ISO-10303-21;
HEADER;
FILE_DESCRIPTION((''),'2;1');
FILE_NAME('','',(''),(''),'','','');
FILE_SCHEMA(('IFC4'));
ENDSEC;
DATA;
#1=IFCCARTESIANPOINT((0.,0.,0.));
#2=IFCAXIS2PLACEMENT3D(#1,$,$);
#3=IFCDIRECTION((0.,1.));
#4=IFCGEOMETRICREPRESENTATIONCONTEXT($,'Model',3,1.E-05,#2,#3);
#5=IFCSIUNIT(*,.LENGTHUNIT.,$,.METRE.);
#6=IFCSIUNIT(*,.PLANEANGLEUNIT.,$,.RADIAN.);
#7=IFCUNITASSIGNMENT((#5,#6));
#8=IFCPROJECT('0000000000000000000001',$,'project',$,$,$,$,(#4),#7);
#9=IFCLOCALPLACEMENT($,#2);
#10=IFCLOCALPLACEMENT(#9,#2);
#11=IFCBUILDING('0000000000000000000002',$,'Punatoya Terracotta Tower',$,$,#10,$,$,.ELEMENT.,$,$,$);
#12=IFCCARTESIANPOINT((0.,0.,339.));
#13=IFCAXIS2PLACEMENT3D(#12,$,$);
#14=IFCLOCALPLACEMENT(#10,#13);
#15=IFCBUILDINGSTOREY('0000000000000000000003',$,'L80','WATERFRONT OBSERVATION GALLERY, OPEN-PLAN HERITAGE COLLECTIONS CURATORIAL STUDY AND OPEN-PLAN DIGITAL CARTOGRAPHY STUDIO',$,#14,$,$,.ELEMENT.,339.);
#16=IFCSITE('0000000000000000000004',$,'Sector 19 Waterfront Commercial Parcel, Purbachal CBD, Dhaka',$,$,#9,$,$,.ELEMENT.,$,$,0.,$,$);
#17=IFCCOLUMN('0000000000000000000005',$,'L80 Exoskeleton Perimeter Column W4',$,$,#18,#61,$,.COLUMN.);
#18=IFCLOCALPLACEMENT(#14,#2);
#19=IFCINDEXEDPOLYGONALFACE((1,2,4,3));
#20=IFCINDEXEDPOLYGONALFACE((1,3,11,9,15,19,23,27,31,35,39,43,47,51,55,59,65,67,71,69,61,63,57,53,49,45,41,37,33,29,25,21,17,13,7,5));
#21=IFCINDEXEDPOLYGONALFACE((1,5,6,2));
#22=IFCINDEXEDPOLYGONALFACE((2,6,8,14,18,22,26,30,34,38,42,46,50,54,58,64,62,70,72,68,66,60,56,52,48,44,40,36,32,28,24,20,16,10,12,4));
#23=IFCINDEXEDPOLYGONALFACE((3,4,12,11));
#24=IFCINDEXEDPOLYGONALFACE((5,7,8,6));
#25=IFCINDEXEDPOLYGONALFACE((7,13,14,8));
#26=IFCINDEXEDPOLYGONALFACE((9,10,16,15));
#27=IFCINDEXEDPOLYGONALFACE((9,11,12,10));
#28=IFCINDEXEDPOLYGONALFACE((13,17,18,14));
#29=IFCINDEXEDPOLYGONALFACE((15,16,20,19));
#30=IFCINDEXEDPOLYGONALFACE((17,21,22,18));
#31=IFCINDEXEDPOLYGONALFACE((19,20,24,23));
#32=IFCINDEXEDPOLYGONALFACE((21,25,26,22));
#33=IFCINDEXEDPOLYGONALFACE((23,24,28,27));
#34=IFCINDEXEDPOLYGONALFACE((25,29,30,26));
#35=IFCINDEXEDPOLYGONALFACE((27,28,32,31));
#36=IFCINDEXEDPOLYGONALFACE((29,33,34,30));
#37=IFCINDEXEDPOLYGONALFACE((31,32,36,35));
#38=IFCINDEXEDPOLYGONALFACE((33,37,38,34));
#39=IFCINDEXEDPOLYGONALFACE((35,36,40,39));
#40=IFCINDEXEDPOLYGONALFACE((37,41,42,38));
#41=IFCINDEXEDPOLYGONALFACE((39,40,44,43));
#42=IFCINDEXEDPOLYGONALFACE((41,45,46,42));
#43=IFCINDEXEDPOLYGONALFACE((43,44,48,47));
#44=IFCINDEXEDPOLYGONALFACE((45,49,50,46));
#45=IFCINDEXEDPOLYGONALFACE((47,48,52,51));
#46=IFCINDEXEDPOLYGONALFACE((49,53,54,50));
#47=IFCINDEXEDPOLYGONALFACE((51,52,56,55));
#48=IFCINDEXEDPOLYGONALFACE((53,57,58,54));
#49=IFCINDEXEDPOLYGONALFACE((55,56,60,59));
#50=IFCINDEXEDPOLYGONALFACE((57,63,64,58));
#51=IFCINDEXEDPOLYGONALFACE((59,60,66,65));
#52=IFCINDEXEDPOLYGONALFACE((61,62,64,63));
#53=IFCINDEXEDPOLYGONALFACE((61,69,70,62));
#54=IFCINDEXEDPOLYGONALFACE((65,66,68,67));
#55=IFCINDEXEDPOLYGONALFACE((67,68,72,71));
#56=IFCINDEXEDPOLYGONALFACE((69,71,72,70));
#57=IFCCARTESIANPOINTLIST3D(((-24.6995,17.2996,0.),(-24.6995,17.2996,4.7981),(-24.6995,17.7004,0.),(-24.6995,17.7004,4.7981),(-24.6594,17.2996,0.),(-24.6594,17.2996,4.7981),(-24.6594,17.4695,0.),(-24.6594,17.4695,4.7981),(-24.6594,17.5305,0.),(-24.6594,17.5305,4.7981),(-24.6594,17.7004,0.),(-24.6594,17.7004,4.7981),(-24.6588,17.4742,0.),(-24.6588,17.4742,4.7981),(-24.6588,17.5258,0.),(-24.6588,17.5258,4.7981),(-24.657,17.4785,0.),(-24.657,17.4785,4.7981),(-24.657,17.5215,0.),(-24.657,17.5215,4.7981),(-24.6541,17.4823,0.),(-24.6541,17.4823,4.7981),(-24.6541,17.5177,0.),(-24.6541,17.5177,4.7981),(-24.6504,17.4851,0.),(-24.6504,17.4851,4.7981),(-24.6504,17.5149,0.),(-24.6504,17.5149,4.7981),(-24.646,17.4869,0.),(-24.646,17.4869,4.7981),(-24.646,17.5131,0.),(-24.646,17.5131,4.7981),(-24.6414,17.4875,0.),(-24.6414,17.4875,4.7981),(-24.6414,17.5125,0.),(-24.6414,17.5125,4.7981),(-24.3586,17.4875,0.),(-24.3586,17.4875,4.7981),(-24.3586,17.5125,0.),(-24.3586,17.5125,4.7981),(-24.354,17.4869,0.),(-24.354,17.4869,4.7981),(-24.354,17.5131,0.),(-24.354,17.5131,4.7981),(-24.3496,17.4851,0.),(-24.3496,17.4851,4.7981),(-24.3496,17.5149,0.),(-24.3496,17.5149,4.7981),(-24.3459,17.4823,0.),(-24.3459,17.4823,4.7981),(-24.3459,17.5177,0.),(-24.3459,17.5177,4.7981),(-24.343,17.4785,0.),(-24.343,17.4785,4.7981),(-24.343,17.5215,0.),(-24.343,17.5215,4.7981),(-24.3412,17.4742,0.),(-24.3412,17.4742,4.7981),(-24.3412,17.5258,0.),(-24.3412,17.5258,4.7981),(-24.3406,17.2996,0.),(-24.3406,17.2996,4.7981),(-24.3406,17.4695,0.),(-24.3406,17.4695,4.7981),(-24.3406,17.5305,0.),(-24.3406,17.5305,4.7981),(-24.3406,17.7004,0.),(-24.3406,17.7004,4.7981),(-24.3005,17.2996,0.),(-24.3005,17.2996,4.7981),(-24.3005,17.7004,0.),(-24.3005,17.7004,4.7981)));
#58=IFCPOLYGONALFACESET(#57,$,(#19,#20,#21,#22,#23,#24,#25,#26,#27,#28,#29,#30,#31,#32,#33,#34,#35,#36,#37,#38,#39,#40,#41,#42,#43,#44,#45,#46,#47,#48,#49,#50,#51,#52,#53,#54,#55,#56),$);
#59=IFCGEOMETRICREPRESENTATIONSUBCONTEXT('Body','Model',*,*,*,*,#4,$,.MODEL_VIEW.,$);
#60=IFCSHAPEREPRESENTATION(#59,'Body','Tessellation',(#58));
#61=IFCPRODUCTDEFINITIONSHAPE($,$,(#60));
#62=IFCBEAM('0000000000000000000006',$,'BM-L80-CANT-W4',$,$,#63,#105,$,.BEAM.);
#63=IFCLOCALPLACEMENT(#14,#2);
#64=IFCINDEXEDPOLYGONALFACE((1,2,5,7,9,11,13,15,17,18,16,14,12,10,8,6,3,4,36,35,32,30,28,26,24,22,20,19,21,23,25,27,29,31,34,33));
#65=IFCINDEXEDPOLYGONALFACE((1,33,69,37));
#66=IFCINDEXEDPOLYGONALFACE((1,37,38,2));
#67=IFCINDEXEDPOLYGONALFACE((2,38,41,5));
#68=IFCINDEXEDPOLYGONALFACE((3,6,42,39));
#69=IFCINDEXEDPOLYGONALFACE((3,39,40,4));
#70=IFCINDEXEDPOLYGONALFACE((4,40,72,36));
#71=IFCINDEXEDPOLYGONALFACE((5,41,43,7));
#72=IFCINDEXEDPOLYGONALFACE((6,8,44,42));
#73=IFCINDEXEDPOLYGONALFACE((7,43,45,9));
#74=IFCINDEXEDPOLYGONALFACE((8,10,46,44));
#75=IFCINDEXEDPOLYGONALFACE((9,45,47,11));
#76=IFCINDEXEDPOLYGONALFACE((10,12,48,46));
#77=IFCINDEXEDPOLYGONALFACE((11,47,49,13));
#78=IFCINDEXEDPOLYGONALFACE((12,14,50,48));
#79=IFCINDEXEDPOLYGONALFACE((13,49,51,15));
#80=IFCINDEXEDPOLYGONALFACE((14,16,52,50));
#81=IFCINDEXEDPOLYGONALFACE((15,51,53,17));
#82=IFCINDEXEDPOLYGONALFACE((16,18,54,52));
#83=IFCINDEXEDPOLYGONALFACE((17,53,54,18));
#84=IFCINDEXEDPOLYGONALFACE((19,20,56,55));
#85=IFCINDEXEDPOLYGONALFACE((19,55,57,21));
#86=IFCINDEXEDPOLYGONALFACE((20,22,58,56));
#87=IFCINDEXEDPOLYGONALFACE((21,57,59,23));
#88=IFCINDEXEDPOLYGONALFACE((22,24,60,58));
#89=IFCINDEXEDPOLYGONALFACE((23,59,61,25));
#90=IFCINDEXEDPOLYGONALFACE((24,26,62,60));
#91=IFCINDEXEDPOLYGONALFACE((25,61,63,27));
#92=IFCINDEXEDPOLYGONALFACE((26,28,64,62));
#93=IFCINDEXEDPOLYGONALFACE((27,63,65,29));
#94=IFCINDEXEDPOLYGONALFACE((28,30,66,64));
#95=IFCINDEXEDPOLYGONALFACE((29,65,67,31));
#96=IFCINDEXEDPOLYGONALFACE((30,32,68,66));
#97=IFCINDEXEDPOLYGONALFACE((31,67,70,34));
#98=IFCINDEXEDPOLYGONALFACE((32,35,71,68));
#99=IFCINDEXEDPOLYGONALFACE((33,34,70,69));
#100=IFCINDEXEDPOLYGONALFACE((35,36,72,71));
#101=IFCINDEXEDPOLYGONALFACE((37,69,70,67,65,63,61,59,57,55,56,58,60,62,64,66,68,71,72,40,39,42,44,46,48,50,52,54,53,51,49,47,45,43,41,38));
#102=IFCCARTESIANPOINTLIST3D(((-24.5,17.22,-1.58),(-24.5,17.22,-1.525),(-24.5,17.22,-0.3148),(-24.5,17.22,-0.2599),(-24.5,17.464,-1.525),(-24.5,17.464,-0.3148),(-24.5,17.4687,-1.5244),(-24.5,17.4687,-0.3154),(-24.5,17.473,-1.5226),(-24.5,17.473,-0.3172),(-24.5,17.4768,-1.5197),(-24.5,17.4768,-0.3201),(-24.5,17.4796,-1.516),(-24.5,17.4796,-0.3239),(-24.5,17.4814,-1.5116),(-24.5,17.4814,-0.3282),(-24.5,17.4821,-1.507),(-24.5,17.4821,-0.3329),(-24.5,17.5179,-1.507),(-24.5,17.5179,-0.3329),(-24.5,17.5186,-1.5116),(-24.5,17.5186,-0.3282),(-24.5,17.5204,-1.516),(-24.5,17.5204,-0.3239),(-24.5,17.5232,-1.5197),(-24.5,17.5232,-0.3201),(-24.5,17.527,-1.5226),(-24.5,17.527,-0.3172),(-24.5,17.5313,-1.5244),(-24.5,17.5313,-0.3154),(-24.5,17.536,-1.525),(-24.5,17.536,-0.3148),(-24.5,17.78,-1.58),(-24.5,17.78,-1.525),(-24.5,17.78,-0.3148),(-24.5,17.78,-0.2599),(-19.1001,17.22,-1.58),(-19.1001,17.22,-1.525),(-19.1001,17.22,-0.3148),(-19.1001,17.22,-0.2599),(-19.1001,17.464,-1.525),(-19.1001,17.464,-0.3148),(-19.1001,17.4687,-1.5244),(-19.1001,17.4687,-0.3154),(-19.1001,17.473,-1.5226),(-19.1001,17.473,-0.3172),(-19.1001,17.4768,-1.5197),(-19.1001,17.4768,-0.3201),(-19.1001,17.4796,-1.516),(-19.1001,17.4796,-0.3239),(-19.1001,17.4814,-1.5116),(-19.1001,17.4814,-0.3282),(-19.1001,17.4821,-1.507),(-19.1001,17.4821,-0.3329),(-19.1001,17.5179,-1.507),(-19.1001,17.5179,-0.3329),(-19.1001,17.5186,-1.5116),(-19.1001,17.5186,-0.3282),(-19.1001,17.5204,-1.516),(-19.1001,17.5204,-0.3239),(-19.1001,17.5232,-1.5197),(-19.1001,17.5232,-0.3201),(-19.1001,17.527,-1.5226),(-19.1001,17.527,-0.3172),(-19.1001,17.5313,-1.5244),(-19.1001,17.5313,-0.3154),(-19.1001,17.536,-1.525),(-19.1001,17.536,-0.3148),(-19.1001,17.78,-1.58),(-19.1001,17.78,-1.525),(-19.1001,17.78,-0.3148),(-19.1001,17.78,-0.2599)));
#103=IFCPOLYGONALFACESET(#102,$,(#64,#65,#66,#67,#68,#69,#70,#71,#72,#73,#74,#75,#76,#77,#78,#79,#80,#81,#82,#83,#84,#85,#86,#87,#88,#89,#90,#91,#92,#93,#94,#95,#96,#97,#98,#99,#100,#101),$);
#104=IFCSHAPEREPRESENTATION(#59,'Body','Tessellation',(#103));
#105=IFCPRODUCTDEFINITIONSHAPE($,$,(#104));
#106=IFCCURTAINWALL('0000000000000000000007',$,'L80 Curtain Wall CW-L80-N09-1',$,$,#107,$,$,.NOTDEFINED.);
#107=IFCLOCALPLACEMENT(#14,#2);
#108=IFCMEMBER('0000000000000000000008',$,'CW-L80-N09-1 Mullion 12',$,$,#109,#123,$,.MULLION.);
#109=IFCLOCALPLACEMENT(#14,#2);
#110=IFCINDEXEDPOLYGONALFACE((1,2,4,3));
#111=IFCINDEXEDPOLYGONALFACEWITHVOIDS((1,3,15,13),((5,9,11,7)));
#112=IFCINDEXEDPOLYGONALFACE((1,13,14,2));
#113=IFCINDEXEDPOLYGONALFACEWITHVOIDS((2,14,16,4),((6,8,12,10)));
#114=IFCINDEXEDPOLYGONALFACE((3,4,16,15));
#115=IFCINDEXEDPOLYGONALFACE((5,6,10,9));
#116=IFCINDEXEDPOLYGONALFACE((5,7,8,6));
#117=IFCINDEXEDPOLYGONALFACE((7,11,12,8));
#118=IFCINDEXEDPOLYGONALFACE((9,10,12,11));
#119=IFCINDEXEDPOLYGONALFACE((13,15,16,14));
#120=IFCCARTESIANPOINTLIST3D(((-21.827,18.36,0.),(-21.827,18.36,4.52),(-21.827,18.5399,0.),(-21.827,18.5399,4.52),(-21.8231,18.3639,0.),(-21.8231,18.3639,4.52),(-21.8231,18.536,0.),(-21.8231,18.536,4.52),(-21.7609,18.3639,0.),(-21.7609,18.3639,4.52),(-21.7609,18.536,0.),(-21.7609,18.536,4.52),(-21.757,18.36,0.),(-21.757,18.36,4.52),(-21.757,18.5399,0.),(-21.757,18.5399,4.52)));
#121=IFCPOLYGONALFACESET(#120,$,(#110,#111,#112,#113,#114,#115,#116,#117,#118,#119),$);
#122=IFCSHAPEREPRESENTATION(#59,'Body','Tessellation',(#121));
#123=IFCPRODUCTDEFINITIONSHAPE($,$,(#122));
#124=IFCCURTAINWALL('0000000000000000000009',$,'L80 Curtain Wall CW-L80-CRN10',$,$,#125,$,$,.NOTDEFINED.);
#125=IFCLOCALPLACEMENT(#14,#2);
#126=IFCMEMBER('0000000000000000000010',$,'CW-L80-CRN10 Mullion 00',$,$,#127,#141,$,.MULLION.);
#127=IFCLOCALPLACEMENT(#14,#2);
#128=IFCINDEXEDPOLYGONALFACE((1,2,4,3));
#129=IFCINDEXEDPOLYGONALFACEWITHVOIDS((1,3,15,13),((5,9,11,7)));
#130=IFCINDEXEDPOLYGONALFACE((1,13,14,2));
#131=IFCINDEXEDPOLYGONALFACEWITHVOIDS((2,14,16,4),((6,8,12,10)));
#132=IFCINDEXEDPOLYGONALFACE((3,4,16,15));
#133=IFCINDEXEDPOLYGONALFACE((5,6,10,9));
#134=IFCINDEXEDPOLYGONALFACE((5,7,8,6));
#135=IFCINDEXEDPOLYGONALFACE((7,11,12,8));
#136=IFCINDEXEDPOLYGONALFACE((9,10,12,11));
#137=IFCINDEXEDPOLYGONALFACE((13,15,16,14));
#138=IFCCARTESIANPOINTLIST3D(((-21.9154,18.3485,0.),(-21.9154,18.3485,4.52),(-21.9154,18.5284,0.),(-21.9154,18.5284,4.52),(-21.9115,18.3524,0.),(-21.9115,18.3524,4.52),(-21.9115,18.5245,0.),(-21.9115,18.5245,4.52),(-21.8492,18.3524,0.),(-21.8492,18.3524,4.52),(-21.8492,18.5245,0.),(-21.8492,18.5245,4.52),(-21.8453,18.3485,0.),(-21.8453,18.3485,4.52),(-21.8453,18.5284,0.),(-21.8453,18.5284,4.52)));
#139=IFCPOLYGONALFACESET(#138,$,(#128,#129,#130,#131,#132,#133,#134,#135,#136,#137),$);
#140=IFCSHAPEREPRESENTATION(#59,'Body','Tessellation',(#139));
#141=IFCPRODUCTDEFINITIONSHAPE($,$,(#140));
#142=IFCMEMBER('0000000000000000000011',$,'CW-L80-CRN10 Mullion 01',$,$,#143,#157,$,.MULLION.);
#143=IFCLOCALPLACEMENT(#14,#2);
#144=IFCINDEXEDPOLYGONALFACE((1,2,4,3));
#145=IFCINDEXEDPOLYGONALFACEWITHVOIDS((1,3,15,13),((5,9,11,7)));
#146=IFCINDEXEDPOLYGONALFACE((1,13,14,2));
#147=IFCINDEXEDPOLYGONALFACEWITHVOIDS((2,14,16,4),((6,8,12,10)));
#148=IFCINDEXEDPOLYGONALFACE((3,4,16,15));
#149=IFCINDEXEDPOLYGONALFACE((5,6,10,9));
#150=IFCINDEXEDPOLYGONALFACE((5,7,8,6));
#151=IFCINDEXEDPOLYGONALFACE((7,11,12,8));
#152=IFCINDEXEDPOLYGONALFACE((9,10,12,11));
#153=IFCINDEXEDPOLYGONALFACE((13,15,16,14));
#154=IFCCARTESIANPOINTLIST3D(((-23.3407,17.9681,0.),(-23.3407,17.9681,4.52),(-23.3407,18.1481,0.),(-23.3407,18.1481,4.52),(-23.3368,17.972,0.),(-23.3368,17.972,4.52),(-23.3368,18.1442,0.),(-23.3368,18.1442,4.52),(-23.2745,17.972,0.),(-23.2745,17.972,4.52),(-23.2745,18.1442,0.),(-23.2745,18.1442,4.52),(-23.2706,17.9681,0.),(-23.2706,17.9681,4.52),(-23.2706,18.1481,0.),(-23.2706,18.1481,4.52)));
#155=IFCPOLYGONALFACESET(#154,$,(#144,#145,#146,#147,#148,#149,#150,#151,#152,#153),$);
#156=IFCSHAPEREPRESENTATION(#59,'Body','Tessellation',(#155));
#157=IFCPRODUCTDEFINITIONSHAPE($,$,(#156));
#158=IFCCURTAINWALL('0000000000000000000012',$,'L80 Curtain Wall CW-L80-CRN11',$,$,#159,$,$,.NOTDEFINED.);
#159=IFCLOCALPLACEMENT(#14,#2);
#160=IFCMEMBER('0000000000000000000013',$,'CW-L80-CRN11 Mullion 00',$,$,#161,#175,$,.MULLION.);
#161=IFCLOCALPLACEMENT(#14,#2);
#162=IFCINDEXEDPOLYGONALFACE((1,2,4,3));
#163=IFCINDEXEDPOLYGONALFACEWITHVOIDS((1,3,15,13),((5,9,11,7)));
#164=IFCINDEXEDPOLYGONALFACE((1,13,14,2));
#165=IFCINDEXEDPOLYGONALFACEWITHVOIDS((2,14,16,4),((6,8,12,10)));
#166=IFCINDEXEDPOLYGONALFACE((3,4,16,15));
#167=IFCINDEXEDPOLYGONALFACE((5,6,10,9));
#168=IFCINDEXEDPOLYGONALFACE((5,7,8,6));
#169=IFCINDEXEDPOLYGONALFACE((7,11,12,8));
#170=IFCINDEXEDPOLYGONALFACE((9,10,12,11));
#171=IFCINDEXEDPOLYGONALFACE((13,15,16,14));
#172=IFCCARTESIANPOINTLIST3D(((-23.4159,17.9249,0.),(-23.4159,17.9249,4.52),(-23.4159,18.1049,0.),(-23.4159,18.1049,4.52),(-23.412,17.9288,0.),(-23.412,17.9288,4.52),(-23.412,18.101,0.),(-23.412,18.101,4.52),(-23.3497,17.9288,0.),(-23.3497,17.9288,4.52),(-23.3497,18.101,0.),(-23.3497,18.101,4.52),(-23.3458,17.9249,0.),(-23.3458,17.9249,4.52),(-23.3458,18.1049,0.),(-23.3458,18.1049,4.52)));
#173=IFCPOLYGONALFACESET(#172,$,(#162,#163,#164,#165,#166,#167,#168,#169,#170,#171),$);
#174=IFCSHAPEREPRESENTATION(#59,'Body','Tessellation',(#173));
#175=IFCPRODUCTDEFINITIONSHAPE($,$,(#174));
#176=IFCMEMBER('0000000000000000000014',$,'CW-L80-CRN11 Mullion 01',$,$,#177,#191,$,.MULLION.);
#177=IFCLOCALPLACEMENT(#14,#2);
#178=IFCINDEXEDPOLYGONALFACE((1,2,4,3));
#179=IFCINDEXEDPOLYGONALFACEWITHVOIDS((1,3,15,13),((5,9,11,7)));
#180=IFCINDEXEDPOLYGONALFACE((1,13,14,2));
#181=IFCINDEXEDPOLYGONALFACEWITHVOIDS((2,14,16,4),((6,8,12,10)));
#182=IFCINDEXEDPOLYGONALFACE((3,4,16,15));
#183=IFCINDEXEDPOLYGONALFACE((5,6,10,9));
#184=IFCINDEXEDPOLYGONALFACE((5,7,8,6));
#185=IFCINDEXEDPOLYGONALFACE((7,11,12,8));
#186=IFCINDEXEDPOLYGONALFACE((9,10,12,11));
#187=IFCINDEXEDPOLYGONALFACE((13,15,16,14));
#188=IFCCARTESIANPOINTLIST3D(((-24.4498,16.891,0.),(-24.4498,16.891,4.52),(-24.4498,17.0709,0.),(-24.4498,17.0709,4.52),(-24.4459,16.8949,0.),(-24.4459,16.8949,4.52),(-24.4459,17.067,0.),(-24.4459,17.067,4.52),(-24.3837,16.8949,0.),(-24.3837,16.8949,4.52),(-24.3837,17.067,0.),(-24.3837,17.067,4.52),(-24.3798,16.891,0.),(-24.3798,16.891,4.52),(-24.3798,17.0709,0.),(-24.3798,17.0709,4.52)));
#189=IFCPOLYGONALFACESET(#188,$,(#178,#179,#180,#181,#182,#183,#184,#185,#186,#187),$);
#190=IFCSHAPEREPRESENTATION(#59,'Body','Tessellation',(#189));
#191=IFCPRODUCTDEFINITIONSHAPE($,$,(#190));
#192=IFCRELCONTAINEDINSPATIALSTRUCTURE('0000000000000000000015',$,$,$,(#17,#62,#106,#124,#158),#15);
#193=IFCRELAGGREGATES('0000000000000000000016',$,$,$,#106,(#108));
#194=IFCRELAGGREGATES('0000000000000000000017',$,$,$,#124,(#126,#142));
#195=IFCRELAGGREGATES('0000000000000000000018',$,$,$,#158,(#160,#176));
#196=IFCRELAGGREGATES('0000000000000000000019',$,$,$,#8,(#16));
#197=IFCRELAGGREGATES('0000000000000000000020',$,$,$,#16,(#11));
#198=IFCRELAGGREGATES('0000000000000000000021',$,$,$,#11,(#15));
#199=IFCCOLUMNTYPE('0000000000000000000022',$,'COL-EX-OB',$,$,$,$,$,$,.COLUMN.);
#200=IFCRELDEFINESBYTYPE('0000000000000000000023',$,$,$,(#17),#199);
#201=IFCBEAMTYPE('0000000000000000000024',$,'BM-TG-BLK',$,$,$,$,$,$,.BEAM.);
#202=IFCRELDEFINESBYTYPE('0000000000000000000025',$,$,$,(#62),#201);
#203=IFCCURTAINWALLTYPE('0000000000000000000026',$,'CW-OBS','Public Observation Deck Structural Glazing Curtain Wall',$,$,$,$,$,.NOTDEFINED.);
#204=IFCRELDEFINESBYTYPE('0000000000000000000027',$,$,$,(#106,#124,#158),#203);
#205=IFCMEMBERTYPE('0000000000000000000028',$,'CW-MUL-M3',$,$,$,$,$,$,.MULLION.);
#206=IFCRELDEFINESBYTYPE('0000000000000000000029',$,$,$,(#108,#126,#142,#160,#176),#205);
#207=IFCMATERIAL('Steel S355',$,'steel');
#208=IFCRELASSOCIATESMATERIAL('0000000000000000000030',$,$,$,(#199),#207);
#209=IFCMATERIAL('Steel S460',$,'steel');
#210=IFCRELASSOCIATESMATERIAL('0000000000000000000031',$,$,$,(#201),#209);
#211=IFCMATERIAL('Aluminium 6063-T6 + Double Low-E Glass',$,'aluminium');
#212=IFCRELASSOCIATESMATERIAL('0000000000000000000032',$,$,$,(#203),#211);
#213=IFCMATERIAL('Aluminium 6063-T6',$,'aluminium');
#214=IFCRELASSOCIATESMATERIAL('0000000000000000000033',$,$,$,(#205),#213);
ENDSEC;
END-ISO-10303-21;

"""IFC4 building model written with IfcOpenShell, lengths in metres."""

from ifc_helpers import new_model, si_unit, direction, frame, origin, origin_2d, place, context, subcontext, project, spatial, hollow_rectangle, i_section, extrude, material, material_profile, profile_set, type_object, element, aggregate, save


model = new_model("IFC4")

# Units and contexts
model_context = context("Model", 3, precision=1e-05, world=origin(), true_north=direction((0.0, 1.0)))
body_context = subcontext(model_context, "Body", "Model", "MODEL_VIEW")
ifc_project = project(units=[si_unit("LENGTHUNIT", "METRE"), si_unit("PLANEANGLEUNIT", "RADIAN")], contexts=[model_context])

# Site, building, storey
site_placement = place(None, origin())
site = spatial("IfcSite", under=ifc_project, at=site_placement, Name="Sector 19 Waterfront Commercial Parcel, Purbachal CBD, Dhaka", CompositionType="ELEMENT", RefElevation=0.0)
building_placement = place(site_placement, origin())
building = spatial("IfcBuilding", under=site, at=building_placement, Name="Punatoya Terracotta Tower", CompositionType="ELEMENT")
storey_placement = place(building_placement, frame((0.0, 0.0, 339.0)))
storey = spatial("IfcBuildingStorey", under=building, at=storey_placement, Name="L80", Description="WATERFRONT OBSERVATION GALLERY, OPEN-PLAN HERITAGE COLLECTIONS CURATORIAL STUDY AND OPEN-PLAN DIGITAL CARTOGRAPHY STUDIO", CompositionType="ELEMENT", Elevation=339.0)

# Column
ifc_material_1 = material(Name="Steel S355", Category="steel")
ifc_material_profile_1 = material_profile(ifc_material_1, i_section(OverallWidth=0.4009, OverallDepth=0.3989, WebThickness=0.0249, FlangeThickness=0.04, FilletRadius=0.0181, at=origin_2d()))
ifc_profile_set_1 = profile_set([ifc_material_profile_1], Name="Steel S355")
column_type = type_object("IfcColumnType", Name="COL-EX-OB", PredefinedType="COLUMN", material=ifc_profile_set_1)
column_placement = place(storey_placement, frame((-24.5, 17.5, 0.0), z_axis=(0.0, 0.0, 1.0), x_axis=(0.0, 1.0, 0.0)))
element("IfcColumn", 1, at=column_placement, inside=storey, type_object=column_type, Name="L80 Exoskeleton Perimeter Column W4", PredefinedType="COLUMN", context=body_context, shape_type="SweptSolid", body=[
    extrude(i_section(OverallWidth=0.4009, OverallDepth=0.3989, WebThickness=0.0249, FlangeThickness=0.04, FilletRadius=0.0181, at=origin_2d()), origin(), (0.0, 0.0, 1.0), 4.7981),
])

# Beam
ifc_material_2 = material(Name="Steel S460", Category="steel")
ifc_material_profile_2 = material_profile(ifc_material_2, i_section(OverallWidth=0.5601, OverallDepth=1.3201, WebThickness=0.0359, FlangeThickness=0.0549, FilletRadius=0.0181, at=origin_2d()))
ifc_profile_set_2 = profile_set([ifc_material_profile_2], Name="Steel S460")
beam_type = type_object("IfcBeamType", Name="BM-TG-BLK", PredefinedType="BEAM", material=ifc_profile_set_2)
beam_placement = place(storey_placement, frame((-24.5, 17.5, -0.9199), z_axis=(1.0, 0.0, 0.0), x_axis=(0.0, 1.0, 0.0)))
element("IfcBeam", 2, at=beam_placement, inside=storey, type_object=beam_type, Name="BM-L80-CANT-W4", PredefinedType="BEAM", context=body_context, shape_type="SweptSolid", body=[
    extrude(i_section(OverallWidth=0.5601, OverallDepth=1.3201, WebThickness=0.0359, FlangeThickness=0.0549, FilletRadius=0.0181, at=origin_2d()), origin(), (0.0, 0.0, 1.0), 5.3999),
])

# Curtain wall, member
ifc_material_3 = material(Name="Aluminium 6063-T6 + Double Low-E Glass", Category="aluminium")
curtain_wall_type = type_object("IfcCurtainWallType", Name="CW-OBS", Description="Public Observation Deck Structural Glazing Curtain Wall", PredefinedType="NOTDEFINED", material=ifc_material_3)
curtain_wall_1_placement = place(storey_placement, origin())
curtain_wall_1 = element("IfcCurtainWall", 3, at=curtain_wall_1_placement, inside=storey, type_object=curtain_wall_type, Name="L80 Curtain Wall CW-L80-N09-1", PredefinedType="NOTDEFINED")
ifc_material_4 = material(Name="Aluminium 6063-T6", Category="aluminium")
ifc_material_profile_3 = material_profile(ifc_material_4, hollow_rectangle(XDim=0.0701, YDim=0.1799, WallThickness=0.0039, at=origin_2d()))
ifc_profile_set_3 = profile_set([ifc_material_profile_3], Name="Aluminium 6063-T6")
member_type_1 = type_object("IfcMemberType", Name="CW-MUL-M3", PredefinedType="MULLION", material=ifc_profile_set_3)
member_1_placement = place(storey_placement, frame((-21.792, 18.45, 0.0), z_axis=(0.0, 0.0, 1.0), x_axis=(1.0, 0.0, 0.0)))
member_1 = element("IfcMember", 4, at=member_1_placement, type_object=member_type_1, Name="CW-L80-N09-1 Mullion 12", PredefinedType="MULLION", context=body_context, shape_type="SweptSolid", body=[
    extrude(hollow_rectangle(XDim=0.0701, YDim=0.1799, WallThickness=0.0039, at=origin_2d()), origin(), (0.0, 0.0, 1.0), 4.52),
])

# Curtain walls, members
curtain_wall_2_placement = place(storey_placement, origin())
curtain_wall_2 = element("IfcCurtainWall", 5, at=curtain_wall_2_placement, inside=storey, type_object=curtain_wall_type, Name="L80 Curtain Wall CW-L80-CRN10", PredefinedType="NOTDEFINED")
member_2_placement = place(storey_placement, frame((-21.8804, 18.4385, 0.0), z_axis=(0.0, 0.0, 1.0), x_axis=(1.0, 0.0, 0.0)))
member_2 = element("IfcMember", 6, at=member_2_placement, type_object=member_type_1, Name="CW-L80-CRN10 Mullion 00", PredefinedType="MULLION", context=body_context, shape_type="SweptSolid", body=[
    extrude(hollow_rectangle(XDim=0.0701, YDim=0.1799, WallThickness=0.0039, at=origin_2d()), origin(), (0.0, 0.0, 1.0), 4.52),
])
member_3_placement = place(storey_placement, frame((-23.3057, 18.0581, 0.0), z_axis=(0.0, 0.0, 1.0), x_axis=(1.0, 0.0, 0.0)))
member_3 = element("IfcMember", 7, at=member_3_placement, type_object=member_type_1, Name="CW-L80-CRN10 Mullion 01", PredefinedType="MULLION", context=body_context, shape_type="SweptSolid", body=[
    extrude(hollow_rectangle(XDim=0.0701, YDim=0.1799, WallThickness=0.0039, at=origin_2d()), origin(), (0.0, 0.0, 1.0), 4.52),
])
curtain_wall_3_placement = place(storey_placement, origin())
curtain_wall_3 = element("IfcCurtainWall", 8, at=curtain_wall_3_placement, inside=storey, type_object=curtain_wall_type, Name="L80 Curtain Wall CW-L80-CRN11", PredefinedType="NOTDEFINED")
member_4_placement = place(storey_placement, frame((-23.3809, 18.0149, 0.0), z_axis=(0.0, 0.0, 1.0), x_axis=(1.0, 0.0, 0.0)))
member_4 = element("IfcMember", 9, at=member_4_placement, type_object=member_type_1, Name="CW-L80-CRN11 Mullion 00", PredefinedType="MULLION", context=body_context, shape_type="SweptSolid", body=[
    extrude(hollow_rectangle(XDim=0.0701, YDim=0.1799, WallThickness=0.0039, at=origin_2d()), origin(), (0.0, 0.0, 1.0), 4.52),
])
member_5_placement = place(storey_placement, frame((-24.4148, 16.981, 0.0), z_axis=(0.0, 0.0, 1.0), x_axis=(1.0, 0.0, 0.0)))
member_5 = element("IfcMember", 10, at=member_5_placement, type_object=member_type_1, Name="CW-L80-CRN11 Mullion 01", PredefinedType="MULLION", context=body_context, shape_type="SweptSolid", body=[
    extrude(hollow_rectangle(XDim=0.0701, YDim=0.1799, WallThickness=0.0039, at=origin_2d()), origin(), (0.0, 0.0, 1.0), 4.52),
])

aggregate(curtain_wall_1, [member_1])
aggregate(curtain_wall_2, [member_2, member_3])
aggregate(curtain_wall_3, [member_4, member_5])

save(model, "model.ifc")
